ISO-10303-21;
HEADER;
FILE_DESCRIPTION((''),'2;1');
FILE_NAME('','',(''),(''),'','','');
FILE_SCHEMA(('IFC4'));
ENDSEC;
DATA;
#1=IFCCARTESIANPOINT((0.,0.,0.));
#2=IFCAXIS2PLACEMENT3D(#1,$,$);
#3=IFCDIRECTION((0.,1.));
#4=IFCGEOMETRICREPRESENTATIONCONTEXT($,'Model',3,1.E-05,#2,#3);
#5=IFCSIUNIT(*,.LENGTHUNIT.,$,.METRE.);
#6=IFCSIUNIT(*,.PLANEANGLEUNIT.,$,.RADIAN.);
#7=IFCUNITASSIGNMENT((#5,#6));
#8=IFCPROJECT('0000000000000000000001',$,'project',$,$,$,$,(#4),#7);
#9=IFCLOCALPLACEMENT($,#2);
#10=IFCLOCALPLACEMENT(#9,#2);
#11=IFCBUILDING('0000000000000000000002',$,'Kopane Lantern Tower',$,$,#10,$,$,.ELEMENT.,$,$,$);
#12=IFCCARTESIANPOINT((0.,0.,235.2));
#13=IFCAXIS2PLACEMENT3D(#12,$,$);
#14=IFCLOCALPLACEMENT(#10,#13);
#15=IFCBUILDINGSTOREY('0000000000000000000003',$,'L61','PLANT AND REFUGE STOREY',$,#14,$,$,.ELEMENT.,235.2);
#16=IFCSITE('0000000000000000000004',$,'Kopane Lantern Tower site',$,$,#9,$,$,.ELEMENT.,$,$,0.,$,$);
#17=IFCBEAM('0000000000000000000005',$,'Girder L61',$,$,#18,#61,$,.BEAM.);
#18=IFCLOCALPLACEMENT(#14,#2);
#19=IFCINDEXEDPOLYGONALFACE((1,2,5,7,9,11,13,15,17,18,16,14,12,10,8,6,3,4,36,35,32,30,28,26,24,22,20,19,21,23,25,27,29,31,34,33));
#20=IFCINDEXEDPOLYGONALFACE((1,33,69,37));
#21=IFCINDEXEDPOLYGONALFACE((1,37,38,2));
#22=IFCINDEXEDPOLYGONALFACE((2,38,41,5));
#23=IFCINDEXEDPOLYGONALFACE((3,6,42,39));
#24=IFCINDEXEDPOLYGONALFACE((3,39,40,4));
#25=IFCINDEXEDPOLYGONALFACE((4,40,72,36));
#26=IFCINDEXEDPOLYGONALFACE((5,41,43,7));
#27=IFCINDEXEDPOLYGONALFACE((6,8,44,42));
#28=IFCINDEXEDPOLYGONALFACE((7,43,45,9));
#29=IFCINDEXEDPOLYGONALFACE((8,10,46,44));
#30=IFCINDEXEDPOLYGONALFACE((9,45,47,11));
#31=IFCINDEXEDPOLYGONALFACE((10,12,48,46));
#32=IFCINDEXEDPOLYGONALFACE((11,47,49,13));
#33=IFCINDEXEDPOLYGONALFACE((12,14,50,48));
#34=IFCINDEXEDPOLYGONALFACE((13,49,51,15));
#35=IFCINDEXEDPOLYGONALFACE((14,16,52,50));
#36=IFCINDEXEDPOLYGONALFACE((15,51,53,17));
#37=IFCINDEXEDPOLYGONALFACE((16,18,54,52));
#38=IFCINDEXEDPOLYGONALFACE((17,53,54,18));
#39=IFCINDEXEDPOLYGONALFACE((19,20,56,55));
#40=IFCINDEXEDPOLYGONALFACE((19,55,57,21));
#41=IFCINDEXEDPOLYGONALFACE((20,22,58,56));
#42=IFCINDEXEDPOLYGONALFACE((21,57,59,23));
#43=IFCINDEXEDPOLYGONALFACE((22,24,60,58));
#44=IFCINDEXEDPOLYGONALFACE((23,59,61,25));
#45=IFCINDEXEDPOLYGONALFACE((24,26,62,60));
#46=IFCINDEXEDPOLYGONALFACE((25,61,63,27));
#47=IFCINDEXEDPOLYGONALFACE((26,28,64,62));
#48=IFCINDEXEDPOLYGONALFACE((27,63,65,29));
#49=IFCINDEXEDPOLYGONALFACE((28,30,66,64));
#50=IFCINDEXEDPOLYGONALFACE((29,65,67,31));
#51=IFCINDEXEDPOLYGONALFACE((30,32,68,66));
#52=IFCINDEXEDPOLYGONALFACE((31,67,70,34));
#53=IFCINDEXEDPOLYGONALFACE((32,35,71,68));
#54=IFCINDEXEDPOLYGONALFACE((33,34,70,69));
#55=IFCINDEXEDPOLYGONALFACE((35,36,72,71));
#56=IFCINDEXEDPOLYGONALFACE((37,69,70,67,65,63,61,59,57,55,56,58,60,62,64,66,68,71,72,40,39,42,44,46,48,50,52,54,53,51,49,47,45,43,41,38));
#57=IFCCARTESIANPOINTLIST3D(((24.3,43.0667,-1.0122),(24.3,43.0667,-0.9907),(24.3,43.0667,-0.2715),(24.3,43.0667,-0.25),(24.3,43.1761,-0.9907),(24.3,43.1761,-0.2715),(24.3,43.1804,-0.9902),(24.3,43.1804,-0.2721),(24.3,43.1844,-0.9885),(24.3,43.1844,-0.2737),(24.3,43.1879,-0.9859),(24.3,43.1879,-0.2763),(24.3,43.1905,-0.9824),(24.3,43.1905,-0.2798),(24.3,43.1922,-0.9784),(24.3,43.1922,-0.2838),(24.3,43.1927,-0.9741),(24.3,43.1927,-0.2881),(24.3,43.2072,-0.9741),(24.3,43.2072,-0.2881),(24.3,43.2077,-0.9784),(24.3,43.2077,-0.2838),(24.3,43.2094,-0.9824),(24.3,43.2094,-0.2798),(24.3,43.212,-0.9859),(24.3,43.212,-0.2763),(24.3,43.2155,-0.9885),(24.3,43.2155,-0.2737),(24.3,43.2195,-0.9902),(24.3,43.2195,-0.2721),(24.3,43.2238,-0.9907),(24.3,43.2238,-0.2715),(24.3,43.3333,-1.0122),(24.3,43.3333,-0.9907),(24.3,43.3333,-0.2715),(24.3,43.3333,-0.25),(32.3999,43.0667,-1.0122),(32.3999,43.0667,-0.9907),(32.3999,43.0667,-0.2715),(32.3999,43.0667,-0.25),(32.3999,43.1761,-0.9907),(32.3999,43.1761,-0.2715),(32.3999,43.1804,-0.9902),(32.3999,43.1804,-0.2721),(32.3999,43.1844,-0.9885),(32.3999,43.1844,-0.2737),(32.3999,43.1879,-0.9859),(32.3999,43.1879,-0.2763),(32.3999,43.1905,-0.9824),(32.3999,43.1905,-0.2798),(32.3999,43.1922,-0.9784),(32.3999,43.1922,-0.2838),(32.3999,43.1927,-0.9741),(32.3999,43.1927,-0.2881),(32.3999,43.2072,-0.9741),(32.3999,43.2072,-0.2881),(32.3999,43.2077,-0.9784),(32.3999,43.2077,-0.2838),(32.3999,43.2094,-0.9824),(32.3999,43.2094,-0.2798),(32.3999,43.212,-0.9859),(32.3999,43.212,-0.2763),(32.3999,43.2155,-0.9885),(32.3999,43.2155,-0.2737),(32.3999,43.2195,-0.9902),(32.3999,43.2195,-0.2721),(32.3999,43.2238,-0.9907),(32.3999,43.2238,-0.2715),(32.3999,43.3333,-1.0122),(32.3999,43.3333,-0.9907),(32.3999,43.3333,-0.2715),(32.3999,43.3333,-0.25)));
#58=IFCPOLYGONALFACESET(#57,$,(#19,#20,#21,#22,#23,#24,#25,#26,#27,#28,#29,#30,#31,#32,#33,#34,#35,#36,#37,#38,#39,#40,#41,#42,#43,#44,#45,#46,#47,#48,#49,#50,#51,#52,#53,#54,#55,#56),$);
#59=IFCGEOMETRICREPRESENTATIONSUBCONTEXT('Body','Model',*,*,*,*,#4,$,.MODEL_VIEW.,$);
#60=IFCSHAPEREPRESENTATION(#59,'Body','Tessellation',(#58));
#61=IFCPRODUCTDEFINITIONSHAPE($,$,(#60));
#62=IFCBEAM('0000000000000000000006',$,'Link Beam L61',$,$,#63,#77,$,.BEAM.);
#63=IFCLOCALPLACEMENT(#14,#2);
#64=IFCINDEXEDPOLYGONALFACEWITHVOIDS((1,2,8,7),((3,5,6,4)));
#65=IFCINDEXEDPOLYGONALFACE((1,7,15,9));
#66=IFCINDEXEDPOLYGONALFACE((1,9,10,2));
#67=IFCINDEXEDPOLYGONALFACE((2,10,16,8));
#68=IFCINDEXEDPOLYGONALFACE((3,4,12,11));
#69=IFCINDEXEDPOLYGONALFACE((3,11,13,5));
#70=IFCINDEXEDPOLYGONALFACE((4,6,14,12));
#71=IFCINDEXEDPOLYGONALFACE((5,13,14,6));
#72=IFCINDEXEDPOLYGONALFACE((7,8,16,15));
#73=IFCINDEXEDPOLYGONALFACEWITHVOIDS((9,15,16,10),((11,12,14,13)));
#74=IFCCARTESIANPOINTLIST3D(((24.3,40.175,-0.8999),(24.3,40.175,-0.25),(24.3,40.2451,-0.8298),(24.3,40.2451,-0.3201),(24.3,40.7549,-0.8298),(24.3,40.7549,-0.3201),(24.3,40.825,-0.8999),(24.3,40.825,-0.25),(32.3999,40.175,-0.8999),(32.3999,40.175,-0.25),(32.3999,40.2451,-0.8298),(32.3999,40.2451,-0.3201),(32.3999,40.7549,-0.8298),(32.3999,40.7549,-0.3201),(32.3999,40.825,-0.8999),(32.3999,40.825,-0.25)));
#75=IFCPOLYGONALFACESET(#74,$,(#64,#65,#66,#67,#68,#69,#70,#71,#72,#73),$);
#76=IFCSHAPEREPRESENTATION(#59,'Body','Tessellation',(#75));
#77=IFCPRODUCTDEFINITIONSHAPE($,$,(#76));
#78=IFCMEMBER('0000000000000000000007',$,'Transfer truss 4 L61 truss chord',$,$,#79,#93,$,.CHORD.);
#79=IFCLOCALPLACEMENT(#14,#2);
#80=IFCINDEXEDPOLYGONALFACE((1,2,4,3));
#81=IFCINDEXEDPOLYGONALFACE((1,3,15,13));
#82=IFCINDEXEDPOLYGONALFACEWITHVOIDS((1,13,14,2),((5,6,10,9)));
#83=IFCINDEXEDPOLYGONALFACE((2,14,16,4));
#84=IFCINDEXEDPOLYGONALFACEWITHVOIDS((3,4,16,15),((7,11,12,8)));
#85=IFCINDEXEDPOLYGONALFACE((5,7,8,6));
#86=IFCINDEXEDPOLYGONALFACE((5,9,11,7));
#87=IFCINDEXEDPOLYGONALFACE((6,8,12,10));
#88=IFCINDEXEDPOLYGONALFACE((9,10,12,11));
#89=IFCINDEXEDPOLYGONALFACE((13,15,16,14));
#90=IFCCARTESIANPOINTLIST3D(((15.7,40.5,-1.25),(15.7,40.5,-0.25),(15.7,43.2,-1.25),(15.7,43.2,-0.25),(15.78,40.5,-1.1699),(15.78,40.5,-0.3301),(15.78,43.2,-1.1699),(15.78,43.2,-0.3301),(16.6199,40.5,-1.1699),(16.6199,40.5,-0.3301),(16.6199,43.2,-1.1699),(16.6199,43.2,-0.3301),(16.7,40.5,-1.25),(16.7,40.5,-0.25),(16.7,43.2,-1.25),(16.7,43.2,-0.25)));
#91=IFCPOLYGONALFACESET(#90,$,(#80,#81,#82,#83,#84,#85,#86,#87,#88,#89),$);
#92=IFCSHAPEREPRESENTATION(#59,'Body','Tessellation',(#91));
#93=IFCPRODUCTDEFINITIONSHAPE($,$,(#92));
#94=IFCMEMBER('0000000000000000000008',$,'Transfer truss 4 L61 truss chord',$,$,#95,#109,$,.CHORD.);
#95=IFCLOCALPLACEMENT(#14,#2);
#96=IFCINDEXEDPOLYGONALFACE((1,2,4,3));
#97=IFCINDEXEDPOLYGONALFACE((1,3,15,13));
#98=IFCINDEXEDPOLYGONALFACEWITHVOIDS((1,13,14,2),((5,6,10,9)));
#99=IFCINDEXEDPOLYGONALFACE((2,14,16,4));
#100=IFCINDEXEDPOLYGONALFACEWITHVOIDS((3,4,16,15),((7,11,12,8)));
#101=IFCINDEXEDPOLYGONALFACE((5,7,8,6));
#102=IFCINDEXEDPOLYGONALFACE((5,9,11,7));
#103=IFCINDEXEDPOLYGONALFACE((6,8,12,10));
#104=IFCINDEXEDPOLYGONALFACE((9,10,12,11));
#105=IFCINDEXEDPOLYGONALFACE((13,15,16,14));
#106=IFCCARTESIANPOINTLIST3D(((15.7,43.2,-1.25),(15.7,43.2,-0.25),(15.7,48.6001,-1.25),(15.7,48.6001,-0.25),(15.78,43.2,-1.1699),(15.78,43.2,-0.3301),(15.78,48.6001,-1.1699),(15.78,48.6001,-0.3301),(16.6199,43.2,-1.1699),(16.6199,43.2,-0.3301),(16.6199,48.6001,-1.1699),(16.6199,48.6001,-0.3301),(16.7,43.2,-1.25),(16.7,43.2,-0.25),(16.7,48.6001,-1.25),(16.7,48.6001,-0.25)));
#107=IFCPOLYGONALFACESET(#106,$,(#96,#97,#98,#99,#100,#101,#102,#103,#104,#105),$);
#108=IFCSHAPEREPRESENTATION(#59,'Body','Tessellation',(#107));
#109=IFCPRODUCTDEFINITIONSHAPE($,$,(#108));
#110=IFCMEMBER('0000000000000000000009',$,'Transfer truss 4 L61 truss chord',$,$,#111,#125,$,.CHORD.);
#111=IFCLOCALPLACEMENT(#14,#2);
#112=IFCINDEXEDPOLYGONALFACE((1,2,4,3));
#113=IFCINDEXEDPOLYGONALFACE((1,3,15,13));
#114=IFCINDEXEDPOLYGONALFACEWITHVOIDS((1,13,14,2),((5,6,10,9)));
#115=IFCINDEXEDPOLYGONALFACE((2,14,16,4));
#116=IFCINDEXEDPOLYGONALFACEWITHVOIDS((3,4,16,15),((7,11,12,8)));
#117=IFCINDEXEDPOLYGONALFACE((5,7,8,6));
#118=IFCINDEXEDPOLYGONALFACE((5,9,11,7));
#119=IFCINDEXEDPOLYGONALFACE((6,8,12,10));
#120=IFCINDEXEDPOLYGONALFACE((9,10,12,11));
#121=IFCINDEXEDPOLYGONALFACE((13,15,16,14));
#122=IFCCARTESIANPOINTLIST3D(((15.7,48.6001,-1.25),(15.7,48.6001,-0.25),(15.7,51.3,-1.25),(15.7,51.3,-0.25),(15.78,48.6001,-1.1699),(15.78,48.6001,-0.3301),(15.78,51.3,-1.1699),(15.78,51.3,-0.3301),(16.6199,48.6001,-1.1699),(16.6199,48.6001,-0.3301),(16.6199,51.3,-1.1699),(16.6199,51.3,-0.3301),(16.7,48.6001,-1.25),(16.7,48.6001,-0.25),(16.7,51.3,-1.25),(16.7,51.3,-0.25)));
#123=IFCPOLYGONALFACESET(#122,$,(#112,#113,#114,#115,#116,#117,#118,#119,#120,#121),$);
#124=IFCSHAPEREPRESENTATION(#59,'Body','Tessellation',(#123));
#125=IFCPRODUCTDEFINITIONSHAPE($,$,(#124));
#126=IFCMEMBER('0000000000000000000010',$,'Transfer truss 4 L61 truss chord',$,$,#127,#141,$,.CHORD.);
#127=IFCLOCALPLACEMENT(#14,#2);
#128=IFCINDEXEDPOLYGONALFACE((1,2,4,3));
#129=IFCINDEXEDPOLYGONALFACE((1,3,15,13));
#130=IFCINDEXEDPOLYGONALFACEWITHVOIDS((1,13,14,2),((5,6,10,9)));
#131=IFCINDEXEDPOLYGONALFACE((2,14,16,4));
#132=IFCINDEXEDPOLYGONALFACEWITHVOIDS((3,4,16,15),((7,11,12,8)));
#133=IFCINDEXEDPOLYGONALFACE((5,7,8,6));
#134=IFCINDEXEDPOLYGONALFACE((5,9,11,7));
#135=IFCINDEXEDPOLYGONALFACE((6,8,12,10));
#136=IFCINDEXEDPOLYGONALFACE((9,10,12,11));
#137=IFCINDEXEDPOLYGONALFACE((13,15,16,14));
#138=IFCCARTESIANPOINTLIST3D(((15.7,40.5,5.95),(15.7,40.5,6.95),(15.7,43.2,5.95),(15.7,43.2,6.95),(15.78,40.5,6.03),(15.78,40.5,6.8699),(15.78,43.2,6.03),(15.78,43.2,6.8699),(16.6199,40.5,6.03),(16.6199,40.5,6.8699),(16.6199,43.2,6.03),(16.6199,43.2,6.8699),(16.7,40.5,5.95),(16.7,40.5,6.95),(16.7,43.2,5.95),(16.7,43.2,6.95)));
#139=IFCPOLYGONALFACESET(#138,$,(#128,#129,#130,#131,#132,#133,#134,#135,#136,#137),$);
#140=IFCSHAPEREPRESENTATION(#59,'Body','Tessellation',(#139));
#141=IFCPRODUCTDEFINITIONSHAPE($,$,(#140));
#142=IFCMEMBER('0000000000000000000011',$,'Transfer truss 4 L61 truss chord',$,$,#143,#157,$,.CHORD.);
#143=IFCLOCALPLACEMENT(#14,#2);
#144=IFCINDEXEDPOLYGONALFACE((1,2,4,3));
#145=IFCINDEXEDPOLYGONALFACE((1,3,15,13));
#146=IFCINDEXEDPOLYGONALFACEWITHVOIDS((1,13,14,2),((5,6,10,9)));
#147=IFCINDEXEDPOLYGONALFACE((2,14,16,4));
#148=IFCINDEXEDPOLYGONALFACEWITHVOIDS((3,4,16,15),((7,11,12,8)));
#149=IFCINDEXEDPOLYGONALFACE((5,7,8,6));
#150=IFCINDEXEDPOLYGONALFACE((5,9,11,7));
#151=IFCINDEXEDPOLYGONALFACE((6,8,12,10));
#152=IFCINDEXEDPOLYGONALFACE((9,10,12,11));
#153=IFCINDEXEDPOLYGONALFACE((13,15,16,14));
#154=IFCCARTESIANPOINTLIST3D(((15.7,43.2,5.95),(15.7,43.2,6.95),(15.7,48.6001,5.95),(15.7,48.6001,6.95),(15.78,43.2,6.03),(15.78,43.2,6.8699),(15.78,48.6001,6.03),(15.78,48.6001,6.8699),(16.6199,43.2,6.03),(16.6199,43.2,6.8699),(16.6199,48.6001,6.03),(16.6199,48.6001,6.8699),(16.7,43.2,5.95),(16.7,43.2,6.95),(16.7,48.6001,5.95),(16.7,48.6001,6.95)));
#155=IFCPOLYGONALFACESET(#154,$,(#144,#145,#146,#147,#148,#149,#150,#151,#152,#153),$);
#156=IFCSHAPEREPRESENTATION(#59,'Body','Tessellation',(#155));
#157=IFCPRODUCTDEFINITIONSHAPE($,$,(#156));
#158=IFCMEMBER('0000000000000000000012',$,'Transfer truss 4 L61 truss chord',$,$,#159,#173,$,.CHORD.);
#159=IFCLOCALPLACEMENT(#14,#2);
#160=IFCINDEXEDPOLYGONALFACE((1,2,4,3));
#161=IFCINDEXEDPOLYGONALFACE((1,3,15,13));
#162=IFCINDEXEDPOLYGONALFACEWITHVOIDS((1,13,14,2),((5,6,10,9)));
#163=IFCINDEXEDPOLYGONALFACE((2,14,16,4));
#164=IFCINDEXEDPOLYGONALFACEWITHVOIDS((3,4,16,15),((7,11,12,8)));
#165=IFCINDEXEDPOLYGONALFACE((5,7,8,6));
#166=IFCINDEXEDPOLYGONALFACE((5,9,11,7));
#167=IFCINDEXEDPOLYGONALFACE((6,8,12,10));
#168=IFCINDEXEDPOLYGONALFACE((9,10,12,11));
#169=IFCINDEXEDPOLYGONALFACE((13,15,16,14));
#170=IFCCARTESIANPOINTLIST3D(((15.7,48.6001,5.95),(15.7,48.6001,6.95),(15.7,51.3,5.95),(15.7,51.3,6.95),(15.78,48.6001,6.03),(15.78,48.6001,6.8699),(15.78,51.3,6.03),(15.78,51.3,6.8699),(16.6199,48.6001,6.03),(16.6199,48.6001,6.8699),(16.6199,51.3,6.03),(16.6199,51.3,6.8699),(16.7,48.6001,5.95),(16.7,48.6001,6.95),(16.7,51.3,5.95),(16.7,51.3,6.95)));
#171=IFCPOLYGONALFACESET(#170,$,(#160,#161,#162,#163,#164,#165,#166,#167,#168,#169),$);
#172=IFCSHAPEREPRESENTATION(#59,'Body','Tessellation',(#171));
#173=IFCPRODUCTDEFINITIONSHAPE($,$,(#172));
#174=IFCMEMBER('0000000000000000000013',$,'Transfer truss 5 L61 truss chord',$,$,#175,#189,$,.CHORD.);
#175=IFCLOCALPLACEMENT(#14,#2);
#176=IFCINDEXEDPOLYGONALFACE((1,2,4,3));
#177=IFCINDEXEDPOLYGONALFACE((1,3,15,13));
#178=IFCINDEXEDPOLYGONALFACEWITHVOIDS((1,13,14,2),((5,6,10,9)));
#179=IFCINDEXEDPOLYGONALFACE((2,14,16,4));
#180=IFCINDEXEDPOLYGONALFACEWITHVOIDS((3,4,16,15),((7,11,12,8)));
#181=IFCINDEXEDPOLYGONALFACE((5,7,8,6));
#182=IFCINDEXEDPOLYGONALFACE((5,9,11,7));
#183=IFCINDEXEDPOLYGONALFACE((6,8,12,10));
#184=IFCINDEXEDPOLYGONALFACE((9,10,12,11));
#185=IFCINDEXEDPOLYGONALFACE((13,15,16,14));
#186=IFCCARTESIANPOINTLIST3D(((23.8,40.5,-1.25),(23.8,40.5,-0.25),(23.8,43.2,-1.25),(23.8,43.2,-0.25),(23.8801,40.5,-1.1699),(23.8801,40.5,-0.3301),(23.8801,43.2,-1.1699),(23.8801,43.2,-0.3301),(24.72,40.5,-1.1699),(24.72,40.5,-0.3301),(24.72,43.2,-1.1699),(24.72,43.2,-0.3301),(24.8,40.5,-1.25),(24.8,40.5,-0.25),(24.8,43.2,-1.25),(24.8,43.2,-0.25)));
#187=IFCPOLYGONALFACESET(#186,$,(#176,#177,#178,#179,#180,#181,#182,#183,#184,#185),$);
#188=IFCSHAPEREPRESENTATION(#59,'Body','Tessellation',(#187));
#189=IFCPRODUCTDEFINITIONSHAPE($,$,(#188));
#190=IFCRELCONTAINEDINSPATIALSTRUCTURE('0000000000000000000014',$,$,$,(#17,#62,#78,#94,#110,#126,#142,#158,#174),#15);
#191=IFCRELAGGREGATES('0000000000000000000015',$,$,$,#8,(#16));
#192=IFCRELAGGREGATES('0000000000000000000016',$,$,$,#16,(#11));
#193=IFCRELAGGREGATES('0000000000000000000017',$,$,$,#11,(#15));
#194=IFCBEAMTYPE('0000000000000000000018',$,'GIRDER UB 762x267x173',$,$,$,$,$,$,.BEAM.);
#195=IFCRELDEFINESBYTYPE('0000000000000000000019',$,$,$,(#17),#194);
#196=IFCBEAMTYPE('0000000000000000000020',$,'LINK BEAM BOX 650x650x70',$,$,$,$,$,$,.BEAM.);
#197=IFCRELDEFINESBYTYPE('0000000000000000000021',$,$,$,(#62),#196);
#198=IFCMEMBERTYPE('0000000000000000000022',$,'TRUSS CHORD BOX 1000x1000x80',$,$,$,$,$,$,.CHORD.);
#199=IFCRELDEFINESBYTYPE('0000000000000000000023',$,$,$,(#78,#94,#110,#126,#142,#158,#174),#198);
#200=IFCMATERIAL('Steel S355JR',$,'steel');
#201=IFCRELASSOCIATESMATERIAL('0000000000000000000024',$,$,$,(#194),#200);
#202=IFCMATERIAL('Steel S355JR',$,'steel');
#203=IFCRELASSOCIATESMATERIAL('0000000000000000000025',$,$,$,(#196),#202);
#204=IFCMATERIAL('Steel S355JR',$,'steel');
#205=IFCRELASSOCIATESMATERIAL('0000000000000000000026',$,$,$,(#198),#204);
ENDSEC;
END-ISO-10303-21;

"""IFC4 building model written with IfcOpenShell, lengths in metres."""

from ifc_helpers import new_model, si_unit, direction, frame, origin, origin_2d, place, context, subcontext, project, spatial, hollow_rectangle, i_section, extrude, material, material_profile, profile_set, type_object, element, save


model = new_model("IFC4")

# Units and contexts
model_context = context("Model", 3, precision=1e-05, world=origin(), true_north=direction((0.0, 1.0)))
body_context = subcontext(model_context, "Body", "Model", "MODEL_VIEW")
ifc_project = project(units=[si_unit("LENGTHUNIT", "METRE"), si_unit("PLANEANGLEUNIT", "RADIAN")], contexts=[model_context])

# Site, building, storey
site_placement = place(None, origin())
site = spatial("IfcSite", under=ifc_project, at=site_placement, Name="Kopane Lantern Tower site", CompositionType="ELEMENT", RefElevation=0.0)
building_placement = place(site_placement, origin())
building = spatial("IfcBuilding", under=site, at=building_placement, Name="Kopane Lantern Tower", CompositionType="ELEMENT")
storey_placement = place(building_placement, frame((0.0, 0.0, 235.2)))
storey = spatial("IfcBuildingStorey", under=building, at=storey_placement, Name="L61", Description="PLANT AND REFUGE STOREY", CompositionType="ELEMENT", Elevation=235.2)

# Beams
ifc_material_1 = material(Name="Steel S355JR", Category="steel")
ifc_material_profile_1 = material_profile(ifc_material_1, i_section(OverallWidth=0.2666, OverallDepth=0.7622, WebThickness=0.0144, FlangeThickness=0.0215, FilletRadius=0.0166, at=origin_2d()), Name="UB 762x267x173")
ifc_profile_set_1 = profile_set([ifc_material_profile_1], Name="Steel S355JR")
beam_type_1 = type_object("IfcBeamType", Name="GIRDER UB 762x267x173", PredefinedType="BEAM", material=ifc_profile_set_1)
beam_1_placement = place(storey_placement, frame((24.3, 43.2, -0.6311), z_axis=(1.0, 0.0, 0.0), x_axis=(0.0, 1.0, 0.0)))
element("IfcBeam", 1, at=beam_1_placement, inside=storey, type_object=beam_type_1, Name="Girder L61", PredefinedType="BEAM", context=body_context, shape_type="SweptSolid", body=[
    extrude(i_section(OverallWidth=0.2666, OverallDepth=0.7622, WebThickness=0.0144, FlangeThickness=0.0215, FilletRadius=0.0166, at=origin_2d()), origin(), (0.0, 0.0, 1.0), 8.0999),
])
ifc_material_2 = material(Name="Steel S355JR", Category="steel")
ifc_material_profile_2 = material_profile(ifc_material_2, hollow_rectangle(XDim=0.6499, YDim=0.6499, WallThickness=0.0701, at=origin_2d()), Name="BOX 650x650x70")
ifc_profile_set_2 = profile_set([ifc_material_profile_2], Name="Steel S355JR")
beam_type_2 = type_object("IfcBeamType", Name="LINK BEAM BOX 650x650x70", PredefinedType="BEAM", material=ifc_profile_set_2)
beam_2_placement = place(storey_placement, frame((24.3, 40.5, -0.575), z_axis=(1.0, 0.0, 0.0), x_axis=(0.0, 1.0, 0.0)))
element("IfcBeam", 2, at=beam_2_placement, inside=storey, type_object=beam_type_2, Name="Link Beam L61", PredefinedType="BEAM", context=body_context, shape_type="SweptSolid", body=[
    extrude(hollow_rectangle(XDim=0.6499, YDim=0.6499, WallThickness=0.0701, at=origin_2d()), origin(), (0.0, 0.0, 1.0), 8.0999),
])

# Members
ifc_material_3 = material(Name="Steel S355JR", Category="steel")
ifc_material_profile_3 = material_profile(ifc_material_3, hollow_rectangle(XDim=1.0, YDim=1.0, WallThickness=0.0801, at=origin_2d()), Name="BOX 1000x1000x80")
ifc_profile_set_3 = profile_set([ifc_material_profile_3], Name="Steel S355JR")
member_type_1 = type_object("IfcMemberType", Name="TRUSS CHORD BOX 1000x1000x80", PredefinedType="CHORD", material=ifc_profile_set_3)
member_1_placement = place(storey_placement, frame((16.2, 40.5, -0.75), z_axis=(0.0, 1.0, 0.0), x_axis=(-1.0, 0.0, 0.0)))
element("IfcMember", 3, at=member_1_placement, inside=storey, type_object=member_type_1, Name="Transfer truss 4 L61 truss chord", PredefinedType="CHORD", context=body_context, shape_type="SweptSolid", body=[
    extrude(hollow_rectangle(XDim=1.0, YDim=1.0, WallThickness=0.0801, at=origin_2d()), origin(), (0.0, 0.0, 1.0), 2.7),
])
member_2_placement = place(storey_placement, frame((16.2, 43.2, -0.75), z_axis=(0.0, 1.0, 0.0), x_axis=(-1.0, 0.0, 0.0)))
element("IfcMember", 4, at=member_2_placement, inside=storey, type_object=member_type_1, Name="Transfer truss 4 L61 truss chord", PredefinedType="CHORD", context=body_context, shape_type="SweptSolid", body=[
    extrude(hollow_rectangle(XDim=1.0, YDim=1.0, WallThickness=0.0801, at=origin_2d()), origin(), (0.0, 0.0, 1.0), 5.4001),
])
for number, where, z_axis, x_axis, name in (
    (5, (16.2, 48.6001, -0.75), (0.0, 1.0, 0.0), (-1.0, 0.0, 0.0), "Transfer truss 4 L61 truss chord"),
    (6, (16.2, 40.5, 6.45), (0.0, 1.0, 0.0), (-1.0, 0.0, 0.0), "Transfer truss 4 L61 truss chord"),
):
    element("IfcMember", number, at=place(storey_placement, frame(where, z_axis=z_axis, x_axis=x_axis)), inside=storey, type_object=member_type_1, Name=name, PredefinedType="CHORD", context=body_context, shape_type="SweptSolid", body=[
        extrude(hollow_rectangle(XDim=1.0, YDim=1.0, WallThickness=0.0801, at=origin_2d()), origin(), (0.0, 0.0, 1.0), 2.7),
    ])
member_3_placement = place(storey_placement, frame((16.2, 43.2, 6.45), z_axis=(0.0, 1.0, 0.0), x_axis=(-1.0, 0.0, 0.0)))
element("IfcMember", 7, at=member_3_placement, inside=storey, type_object=member_type_1, Name="Transfer truss 4 L61 truss chord", PredefinedType="CHORD", context=body_context, shape_type="SweptSolid", body=[
    extrude(hollow_rectangle(XDim=1.0, YDim=1.0, WallThickness=0.0801, at=origin_2d()), origin(), (0.0, 0.0, 1.0), 5.4001),
])
for number, where, z_axis, x_axis, name in (
    (8, (16.2, 48.6001, 6.45), (0.0, 1.0, 0.0), (-1.0, 0.0, 0.0), "Transfer truss 4 L61 truss chord"),
    (9, (24.3, 40.5, -0.75), (0.0, 1.0, 0.0), (-1.0, 0.0, 0.0), "Transfer truss 5 L61 truss chord"),
):
    element("IfcMember", number, at=place(storey_placement, frame(where, z_axis=z_axis, x_axis=x_axis)), inside=storey, type_object=member_type_1, Name=name, PredefinedType="CHORD", context=body_context, shape_type="SweptSolid", body=[
        extrude(hollow_rectangle(XDim=1.0, YDim=1.0, WallThickness=0.0801, at=origin_2d()), origin(), (0.0, 0.0, 1.0), 2.7),
    ])

save(model, "model.ifc")
